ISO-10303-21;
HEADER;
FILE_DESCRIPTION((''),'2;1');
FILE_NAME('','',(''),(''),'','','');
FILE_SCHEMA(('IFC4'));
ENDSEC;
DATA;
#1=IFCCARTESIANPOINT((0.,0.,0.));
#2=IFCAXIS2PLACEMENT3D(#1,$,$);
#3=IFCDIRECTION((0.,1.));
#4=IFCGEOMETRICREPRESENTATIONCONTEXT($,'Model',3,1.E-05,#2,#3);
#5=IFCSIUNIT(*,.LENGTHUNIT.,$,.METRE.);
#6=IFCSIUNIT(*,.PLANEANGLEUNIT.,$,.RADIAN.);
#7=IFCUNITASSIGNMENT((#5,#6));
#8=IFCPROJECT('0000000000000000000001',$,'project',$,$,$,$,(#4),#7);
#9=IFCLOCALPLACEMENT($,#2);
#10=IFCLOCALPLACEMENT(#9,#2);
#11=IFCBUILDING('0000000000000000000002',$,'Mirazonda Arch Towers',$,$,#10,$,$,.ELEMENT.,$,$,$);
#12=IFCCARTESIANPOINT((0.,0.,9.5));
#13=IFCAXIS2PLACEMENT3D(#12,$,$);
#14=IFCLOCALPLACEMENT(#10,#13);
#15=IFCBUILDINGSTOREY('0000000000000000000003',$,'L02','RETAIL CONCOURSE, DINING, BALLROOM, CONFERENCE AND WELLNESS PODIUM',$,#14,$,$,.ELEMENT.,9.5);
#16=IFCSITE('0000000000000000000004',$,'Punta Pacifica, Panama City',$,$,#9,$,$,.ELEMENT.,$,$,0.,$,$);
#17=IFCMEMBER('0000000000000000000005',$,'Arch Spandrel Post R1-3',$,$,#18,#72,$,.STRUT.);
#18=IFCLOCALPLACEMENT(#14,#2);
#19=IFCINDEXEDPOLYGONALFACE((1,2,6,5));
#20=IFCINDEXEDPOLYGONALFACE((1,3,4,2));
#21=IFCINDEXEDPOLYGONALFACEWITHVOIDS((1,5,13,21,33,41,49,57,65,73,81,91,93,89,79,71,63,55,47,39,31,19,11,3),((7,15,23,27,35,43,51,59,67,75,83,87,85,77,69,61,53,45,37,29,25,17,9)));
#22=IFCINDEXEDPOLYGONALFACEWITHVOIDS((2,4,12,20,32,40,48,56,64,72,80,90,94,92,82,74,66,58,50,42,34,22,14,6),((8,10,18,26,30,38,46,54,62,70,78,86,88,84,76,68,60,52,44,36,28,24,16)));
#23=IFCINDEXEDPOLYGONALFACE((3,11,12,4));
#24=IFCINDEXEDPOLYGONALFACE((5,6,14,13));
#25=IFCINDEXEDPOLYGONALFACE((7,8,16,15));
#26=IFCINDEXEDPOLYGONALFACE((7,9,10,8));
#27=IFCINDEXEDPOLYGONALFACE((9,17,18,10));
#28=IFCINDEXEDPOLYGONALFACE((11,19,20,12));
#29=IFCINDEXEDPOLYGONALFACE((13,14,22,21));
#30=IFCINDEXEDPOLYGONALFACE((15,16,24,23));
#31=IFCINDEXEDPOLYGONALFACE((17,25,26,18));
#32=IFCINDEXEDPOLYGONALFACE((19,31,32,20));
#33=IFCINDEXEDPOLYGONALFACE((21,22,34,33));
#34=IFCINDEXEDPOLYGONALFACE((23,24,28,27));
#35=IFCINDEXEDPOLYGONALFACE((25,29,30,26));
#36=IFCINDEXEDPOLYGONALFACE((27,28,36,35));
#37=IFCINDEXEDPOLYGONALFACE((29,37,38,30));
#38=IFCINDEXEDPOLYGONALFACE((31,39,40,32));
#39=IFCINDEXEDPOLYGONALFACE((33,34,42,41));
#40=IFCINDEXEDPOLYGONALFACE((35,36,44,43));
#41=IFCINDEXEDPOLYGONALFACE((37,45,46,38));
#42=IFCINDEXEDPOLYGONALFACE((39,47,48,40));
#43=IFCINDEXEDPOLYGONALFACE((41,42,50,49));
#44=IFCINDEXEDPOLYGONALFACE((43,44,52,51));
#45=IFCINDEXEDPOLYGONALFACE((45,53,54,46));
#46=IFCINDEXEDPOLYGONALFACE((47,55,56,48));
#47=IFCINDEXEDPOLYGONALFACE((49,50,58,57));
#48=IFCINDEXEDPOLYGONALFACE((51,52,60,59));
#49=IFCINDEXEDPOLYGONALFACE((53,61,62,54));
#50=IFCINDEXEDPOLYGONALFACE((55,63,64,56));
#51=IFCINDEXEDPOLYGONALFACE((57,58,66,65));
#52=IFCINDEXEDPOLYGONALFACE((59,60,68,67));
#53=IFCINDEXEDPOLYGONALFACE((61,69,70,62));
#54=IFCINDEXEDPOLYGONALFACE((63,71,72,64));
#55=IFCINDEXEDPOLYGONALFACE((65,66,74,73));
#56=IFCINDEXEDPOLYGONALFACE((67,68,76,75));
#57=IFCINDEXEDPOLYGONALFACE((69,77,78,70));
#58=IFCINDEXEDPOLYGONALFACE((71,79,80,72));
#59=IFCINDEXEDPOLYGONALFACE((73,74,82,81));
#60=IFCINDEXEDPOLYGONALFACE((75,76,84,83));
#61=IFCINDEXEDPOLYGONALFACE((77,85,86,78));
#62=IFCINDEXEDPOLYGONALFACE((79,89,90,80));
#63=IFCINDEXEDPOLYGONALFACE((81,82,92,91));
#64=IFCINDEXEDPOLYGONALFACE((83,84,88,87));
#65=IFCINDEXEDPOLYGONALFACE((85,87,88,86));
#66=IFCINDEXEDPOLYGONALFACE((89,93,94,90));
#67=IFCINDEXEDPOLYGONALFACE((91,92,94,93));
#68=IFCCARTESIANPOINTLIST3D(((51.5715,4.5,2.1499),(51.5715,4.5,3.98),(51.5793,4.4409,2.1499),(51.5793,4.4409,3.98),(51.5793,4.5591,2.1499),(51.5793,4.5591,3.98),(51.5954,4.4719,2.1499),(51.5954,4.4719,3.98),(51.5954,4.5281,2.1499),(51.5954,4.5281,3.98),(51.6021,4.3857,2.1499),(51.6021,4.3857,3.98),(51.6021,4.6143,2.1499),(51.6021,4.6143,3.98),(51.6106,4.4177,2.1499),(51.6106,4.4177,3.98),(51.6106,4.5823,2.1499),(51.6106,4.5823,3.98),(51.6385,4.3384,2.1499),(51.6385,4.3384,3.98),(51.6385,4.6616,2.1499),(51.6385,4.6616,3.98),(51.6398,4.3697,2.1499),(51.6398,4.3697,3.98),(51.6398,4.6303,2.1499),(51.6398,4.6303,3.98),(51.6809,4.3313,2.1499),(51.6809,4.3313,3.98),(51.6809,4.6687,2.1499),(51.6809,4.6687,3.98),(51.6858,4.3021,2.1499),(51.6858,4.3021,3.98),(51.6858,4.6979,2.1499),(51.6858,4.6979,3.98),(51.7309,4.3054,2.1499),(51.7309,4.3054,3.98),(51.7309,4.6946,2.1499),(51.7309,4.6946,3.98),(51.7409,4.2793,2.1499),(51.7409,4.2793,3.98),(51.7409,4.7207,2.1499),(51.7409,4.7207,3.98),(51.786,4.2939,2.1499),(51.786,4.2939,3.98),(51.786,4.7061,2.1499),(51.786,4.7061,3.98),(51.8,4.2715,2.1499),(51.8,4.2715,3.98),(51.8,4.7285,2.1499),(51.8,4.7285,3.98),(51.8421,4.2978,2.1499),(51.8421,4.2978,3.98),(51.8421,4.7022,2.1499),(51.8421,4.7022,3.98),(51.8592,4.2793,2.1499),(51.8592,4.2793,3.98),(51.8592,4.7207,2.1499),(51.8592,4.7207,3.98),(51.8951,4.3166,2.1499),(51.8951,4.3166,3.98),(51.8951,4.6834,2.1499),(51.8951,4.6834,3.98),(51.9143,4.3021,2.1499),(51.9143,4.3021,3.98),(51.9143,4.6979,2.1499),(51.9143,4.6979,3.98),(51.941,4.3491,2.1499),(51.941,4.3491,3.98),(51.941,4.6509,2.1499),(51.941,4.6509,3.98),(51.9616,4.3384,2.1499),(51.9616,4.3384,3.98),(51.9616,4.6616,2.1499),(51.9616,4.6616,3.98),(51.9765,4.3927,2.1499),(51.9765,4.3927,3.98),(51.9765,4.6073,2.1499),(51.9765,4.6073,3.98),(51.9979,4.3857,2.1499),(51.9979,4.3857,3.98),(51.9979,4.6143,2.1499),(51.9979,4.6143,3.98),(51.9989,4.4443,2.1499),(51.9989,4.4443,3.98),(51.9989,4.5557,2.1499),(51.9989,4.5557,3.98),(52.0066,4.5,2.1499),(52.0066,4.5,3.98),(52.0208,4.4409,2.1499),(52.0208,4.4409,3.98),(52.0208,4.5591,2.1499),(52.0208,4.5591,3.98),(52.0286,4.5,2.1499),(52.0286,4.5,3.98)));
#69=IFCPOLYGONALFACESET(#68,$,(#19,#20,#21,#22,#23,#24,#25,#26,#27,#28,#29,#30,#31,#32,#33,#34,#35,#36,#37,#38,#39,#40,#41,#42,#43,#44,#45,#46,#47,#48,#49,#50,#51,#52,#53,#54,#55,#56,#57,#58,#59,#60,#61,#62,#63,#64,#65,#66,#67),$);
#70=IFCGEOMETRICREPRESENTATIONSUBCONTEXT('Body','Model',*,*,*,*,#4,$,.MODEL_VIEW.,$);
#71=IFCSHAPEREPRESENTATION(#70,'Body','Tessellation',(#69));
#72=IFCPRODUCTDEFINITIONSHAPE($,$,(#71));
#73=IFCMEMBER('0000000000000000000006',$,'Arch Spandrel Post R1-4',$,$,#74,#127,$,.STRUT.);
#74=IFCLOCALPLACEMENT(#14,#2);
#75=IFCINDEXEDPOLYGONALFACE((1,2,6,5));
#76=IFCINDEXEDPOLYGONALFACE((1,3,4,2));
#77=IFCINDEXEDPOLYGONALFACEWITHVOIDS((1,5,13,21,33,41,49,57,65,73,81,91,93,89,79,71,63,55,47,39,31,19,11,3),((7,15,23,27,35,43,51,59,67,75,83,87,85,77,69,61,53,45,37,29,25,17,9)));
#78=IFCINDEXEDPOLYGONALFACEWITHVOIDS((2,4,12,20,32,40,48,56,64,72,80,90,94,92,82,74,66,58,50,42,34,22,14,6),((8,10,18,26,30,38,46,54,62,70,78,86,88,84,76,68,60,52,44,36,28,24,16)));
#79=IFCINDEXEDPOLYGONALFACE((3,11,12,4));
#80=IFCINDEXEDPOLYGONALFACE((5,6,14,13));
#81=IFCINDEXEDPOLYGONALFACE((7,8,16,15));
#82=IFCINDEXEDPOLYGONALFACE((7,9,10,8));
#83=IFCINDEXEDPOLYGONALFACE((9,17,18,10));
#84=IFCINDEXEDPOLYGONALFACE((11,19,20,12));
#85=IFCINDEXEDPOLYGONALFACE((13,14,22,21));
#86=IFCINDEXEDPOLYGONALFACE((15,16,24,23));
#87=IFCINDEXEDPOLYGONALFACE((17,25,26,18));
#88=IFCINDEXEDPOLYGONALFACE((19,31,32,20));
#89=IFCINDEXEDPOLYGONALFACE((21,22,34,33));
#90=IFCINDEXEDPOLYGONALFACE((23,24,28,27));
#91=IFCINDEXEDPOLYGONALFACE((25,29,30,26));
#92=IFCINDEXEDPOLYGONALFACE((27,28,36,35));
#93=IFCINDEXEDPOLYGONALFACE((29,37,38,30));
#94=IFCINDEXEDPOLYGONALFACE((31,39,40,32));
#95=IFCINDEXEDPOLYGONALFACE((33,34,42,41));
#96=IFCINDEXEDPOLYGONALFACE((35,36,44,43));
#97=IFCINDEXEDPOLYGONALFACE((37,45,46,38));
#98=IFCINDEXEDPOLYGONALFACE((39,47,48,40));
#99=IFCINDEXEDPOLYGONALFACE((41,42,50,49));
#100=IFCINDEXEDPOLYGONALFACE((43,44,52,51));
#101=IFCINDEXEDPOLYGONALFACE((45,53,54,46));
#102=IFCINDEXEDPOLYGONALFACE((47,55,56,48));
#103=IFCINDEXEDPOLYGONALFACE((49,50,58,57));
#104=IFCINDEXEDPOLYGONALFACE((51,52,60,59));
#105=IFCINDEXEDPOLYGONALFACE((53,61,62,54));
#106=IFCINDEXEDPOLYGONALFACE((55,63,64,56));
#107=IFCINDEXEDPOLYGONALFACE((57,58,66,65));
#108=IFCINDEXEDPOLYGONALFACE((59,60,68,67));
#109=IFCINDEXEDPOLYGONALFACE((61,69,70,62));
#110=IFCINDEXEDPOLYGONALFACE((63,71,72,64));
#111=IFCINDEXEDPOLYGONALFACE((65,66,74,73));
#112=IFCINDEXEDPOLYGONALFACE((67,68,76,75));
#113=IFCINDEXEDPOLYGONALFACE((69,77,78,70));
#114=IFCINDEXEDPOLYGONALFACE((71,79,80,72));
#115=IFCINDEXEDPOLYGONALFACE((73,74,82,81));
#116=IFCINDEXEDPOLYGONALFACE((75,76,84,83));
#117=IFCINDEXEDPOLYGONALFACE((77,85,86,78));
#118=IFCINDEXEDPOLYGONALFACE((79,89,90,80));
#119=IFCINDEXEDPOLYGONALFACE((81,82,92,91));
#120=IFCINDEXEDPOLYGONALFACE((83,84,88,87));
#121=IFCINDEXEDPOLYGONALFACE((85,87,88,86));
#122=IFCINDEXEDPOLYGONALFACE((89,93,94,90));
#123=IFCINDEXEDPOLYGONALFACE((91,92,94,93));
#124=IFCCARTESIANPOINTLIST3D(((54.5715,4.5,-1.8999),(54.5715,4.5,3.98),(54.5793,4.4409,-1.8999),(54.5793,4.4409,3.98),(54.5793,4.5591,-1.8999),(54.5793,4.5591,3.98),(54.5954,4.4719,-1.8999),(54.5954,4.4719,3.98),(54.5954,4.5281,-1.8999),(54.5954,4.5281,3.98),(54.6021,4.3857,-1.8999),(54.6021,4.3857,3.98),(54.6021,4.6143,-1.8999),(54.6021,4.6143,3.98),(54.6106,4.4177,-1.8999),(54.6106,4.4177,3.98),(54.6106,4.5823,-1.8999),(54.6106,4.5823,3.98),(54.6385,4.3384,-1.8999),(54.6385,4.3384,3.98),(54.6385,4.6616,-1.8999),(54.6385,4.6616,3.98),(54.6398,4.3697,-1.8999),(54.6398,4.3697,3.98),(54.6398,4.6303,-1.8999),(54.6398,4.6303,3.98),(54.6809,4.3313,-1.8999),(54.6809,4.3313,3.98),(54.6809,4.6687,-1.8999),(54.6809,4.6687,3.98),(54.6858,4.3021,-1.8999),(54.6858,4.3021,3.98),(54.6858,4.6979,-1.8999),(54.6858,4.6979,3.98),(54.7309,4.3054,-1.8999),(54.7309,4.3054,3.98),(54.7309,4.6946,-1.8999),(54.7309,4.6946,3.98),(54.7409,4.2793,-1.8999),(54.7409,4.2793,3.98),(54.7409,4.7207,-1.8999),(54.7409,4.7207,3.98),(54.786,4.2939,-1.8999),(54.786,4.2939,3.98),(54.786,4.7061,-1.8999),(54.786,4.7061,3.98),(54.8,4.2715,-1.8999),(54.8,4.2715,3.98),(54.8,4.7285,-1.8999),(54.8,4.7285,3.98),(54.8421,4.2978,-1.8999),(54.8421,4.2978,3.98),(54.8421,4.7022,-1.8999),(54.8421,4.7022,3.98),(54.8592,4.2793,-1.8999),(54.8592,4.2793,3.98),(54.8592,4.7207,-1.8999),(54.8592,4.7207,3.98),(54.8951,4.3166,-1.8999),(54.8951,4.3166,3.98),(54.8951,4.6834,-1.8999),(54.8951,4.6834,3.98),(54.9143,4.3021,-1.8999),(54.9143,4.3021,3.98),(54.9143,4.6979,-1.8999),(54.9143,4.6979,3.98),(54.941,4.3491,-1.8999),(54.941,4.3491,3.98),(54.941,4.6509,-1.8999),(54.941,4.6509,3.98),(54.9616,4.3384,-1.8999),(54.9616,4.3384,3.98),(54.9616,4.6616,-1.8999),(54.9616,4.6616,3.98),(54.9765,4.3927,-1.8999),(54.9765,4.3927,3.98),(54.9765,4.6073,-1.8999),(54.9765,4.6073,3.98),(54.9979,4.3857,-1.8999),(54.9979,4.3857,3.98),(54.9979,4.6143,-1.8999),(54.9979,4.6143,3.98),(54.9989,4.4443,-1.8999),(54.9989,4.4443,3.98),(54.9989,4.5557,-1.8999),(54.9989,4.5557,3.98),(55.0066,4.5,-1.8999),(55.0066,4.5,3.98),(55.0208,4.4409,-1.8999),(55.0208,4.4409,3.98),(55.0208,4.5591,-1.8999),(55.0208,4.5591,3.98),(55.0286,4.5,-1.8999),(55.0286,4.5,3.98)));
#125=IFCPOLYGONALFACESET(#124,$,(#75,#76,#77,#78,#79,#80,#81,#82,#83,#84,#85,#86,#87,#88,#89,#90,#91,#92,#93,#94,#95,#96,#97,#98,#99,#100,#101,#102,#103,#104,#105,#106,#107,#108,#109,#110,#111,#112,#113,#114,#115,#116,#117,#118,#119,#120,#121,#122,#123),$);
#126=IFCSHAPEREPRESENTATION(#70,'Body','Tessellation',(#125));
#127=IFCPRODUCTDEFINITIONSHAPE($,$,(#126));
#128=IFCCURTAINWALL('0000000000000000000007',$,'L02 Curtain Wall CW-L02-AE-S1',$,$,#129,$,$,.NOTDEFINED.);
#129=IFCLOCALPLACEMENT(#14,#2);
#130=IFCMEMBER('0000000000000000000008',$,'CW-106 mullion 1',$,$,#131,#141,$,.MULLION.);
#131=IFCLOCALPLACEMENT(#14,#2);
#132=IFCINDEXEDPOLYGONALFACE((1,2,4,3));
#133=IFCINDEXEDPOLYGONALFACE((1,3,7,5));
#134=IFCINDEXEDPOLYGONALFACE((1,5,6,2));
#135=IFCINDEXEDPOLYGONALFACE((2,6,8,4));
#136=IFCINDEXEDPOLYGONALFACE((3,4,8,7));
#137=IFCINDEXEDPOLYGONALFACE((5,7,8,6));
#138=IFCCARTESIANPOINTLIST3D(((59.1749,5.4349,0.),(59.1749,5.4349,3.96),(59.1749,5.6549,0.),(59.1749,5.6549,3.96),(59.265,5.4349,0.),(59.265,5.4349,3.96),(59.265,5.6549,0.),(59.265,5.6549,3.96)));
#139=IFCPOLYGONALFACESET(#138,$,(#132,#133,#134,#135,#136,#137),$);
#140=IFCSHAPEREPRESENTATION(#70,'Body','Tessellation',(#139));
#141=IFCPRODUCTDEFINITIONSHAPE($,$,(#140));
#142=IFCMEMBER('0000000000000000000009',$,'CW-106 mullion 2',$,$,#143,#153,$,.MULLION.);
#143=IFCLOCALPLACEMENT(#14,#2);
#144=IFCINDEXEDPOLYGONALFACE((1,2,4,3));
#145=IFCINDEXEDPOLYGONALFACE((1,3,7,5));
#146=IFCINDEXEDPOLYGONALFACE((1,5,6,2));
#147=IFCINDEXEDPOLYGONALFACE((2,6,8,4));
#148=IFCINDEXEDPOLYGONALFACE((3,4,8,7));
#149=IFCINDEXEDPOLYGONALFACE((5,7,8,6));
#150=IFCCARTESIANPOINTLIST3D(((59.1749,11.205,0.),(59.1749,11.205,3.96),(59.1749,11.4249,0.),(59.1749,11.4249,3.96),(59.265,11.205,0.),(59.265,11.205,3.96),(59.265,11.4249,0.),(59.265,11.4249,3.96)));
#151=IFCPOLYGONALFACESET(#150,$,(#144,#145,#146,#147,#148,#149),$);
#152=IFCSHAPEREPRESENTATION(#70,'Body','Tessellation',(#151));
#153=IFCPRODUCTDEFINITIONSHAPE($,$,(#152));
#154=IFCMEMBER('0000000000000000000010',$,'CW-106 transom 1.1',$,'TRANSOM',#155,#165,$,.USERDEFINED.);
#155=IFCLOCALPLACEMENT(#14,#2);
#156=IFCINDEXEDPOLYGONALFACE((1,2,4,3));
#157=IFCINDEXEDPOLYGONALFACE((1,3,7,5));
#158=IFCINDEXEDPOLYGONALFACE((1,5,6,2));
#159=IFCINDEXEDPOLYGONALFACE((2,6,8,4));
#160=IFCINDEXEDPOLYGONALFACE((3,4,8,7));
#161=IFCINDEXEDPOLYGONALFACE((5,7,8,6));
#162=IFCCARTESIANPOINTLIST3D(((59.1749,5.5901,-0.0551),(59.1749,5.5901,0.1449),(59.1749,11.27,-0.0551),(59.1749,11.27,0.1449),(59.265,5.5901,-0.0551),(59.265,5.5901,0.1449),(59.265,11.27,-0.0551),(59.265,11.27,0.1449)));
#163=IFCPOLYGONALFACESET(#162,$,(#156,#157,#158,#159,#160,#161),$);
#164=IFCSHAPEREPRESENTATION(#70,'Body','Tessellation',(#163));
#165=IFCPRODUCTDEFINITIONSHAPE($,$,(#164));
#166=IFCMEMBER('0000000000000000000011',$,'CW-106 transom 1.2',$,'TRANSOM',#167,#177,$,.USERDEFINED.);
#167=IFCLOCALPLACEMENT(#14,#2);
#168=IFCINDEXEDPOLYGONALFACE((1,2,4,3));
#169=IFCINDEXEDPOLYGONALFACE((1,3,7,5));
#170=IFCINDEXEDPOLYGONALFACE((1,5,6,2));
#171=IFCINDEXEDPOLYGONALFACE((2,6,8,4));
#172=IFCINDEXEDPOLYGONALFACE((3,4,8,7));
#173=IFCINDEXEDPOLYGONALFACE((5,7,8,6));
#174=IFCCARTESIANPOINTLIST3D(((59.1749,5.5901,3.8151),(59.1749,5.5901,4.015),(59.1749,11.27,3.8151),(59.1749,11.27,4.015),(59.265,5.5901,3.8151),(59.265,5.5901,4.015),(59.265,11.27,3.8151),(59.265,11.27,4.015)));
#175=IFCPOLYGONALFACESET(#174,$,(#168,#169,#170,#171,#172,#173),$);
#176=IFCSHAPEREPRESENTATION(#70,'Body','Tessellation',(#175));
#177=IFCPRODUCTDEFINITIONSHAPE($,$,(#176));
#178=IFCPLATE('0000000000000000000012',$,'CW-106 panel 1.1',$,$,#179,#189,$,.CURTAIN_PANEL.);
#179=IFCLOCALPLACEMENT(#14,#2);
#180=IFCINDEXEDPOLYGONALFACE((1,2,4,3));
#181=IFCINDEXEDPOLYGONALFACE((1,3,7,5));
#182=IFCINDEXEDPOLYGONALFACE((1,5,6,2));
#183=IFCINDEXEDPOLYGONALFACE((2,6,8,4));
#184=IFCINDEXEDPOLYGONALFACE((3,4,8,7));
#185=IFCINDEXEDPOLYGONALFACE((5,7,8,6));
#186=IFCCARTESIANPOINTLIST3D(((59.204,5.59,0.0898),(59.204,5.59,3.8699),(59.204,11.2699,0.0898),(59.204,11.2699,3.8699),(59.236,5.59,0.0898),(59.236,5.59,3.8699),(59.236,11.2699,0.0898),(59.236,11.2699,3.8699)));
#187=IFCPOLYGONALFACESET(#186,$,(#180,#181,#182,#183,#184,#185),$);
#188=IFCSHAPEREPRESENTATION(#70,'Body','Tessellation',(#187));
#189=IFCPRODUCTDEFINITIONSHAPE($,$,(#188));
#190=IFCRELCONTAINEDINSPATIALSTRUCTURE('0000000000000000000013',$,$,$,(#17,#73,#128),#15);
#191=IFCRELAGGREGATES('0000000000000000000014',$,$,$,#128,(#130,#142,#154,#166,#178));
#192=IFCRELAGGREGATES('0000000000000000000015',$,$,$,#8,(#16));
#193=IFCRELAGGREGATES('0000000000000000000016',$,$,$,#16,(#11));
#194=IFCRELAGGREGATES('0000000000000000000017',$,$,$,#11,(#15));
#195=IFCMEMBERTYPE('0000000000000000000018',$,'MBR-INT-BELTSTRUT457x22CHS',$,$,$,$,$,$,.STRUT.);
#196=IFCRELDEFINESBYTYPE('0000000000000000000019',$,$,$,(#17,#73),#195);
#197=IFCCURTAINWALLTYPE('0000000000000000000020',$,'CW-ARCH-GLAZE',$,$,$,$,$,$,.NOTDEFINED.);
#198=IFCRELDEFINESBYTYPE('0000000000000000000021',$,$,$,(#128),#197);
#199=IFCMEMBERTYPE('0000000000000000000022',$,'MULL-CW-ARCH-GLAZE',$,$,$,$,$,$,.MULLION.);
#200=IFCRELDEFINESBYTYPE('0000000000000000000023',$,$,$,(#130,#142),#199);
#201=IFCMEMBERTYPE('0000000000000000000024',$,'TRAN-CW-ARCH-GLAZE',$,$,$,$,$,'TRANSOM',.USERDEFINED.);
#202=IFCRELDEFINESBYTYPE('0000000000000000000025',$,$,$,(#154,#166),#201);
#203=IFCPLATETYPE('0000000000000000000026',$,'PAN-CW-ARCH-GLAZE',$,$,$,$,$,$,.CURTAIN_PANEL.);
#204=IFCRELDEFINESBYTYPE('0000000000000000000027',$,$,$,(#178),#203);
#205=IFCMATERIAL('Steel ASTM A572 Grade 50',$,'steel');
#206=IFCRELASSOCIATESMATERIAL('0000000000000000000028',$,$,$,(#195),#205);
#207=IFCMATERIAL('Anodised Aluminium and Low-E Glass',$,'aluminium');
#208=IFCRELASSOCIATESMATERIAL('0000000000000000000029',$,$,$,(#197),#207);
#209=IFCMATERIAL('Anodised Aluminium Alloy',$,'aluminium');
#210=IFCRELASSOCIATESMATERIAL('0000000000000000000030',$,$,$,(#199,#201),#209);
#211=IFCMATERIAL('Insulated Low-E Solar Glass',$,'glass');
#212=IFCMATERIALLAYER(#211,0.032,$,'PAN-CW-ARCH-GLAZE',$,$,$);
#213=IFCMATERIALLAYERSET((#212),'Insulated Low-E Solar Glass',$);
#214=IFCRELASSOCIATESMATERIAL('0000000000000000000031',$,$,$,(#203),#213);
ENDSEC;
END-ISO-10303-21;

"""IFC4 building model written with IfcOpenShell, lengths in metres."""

from ifc_helpers import new_model, si_unit, direction, frame, origin, origin_2d, place, context, subcontext, project, spatial, rectangle, hollow_circle, extrude, material, layer, layer_set, material_profile, profile_set, type_object, element, aggregate, save


model = new_model("IFC4")

# Units and contexts
model_context = context("Model", 3, precision=1e-05, world=origin(), true_north=direction((0.0, 1.0)))
body_context = subcontext(model_context, "Body", "Model", "MODEL_VIEW")
ifc_project = project(units=[si_unit("LENGTHUNIT", "METRE"), si_unit("PLANEANGLEUNIT", "RADIAN")], contexts=[model_context])

# Site, building, storey
site_placement = place(None, origin())
site = spatial("IfcSite", under=ifc_project, at=site_placement, Name="Punta Pacifica, Panama City", CompositionType="ELEMENT", RefElevation=0.0)
building_placement = place(site_placement, origin())
building = spatial("IfcBuilding", under=site, at=building_placement, Name="Mirazonda Arch Towers", CompositionType="ELEMENT")
storey_placement = place(building_placement, frame((0.0, 0.0, 9.5)))
storey = spatial("IfcBuildingStorey", under=building, at=storey_placement, Name="L02", Description="RETAIL CONCOURSE, DINING, BALLROOM, CONFERENCE AND WELLNESS PODIUM", CompositionType="ELEMENT", Elevation=9.5)

# Members
ifc_material_1 = material(Name="Steel ASTM A572 Grade 50", Category="steel")
ifc_material_profile_1 = material_profile(ifc_material_1, hollow_circle(Radius=0.2285, WallThickness=0.022, at=origin_2d()), Name="BELTSTRUT457x22CHS")
ifc_profile_set_1 = profile_set([ifc_material_profile_1], Name="Steel ASTM A572 Grade 50")
member_type_1 = type_object("IfcMemberType", Name="MBR-INT-BELTSTRUT457x22CHS", PredefinedType="STRUT", material=ifc_profile_set_1)
member_1_placement = place(storey_placement, frame((51.8, 4.5, 2.1499), z_axis=(0.0, 0.0, 1.0), x_axis=(1.0, 0.0, 0.0)))
element("IfcMember", 1, at=member_1_placement, inside=storey, type_object=member_type_1, Name="Arch Spandrel Post R1-3", PredefinedType="STRUT", context=body_context, shape_type="SweptSolid", body=[
    extrude(hollow_circle(Radius=0.2285, WallThickness=0.022, at=origin_2d()), origin(), (0.0, 0.0, 1.0), 1.8301),
])
member_2_placement = place(storey_placement, frame((54.8, 4.5, -1.8999), z_axis=(0.0, 0.0, 1.0), x_axis=(1.0, 0.0, 0.0)))
element("IfcMember", 2, at=member_2_placement, inside=storey, type_object=member_type_1, Name="Arch Spandrel Post R1-4", PredefinedType="STRUT", context=body_context, shape_type="SweptSolid", body=[
    extrude(hollow_circle(Radius=0.2285, WallThickness=0.022, at=origin_2d()), origin(), (0.0, 0.0, 1.0), 5.8799),
])

# Curtain wall, members, plate
ifc_material_2 = material(Name="Anodised Aluminium and Low-E Glass", Category="aluminium")
curtain_wall_type = type_object("IfcCurtainWallType", Name="CW-ARCH-GLAZE", PredefinedType="NOTDEFINED", material=ifc_material_2)
curtain_wall_placement = place(storey_placement, origin())
curtain_wall = element("IfcCurtainWall", 3, at=curtain_wall_placement, inside=storey, type_object=curtain_wall_type, Name="L02 Curtain Wall CW-L02-AE-S1", PredefinedType="NOTDEFINED")
ifc_material_3 = material(Name="Anodised Aluminium Alloy", Category="aluminium")
ifc_material_profile_2 = material_profile(ifc_material_3, rectangle(XDim=0.0901, YDim=0.22, at=origin_2d()), Name="ALU-MULL-90x220")
ifc_profile_set_2 = profile_set([ifc_material_profile_2], Name="Anodised Aluminium Alloy")
member_type_2 = type_object("IfcMemberType", Name="MULL-CW-ARCH-GLAZE", PredefinedType="MULLION", material=ifc_profile_set_2)
member_3_placement = place(storey_placement, frame((59.22, 5.5449, 0.0), z_axis=(0.0, 0.0, 1.0), x_axis=(-1.0, 0.0, 0.0)))
member_3 = element("IfcMember", 4, at=member_3_placement, type_object=member_type_2, Name="CW-106 mullion 1", PredefinedType="MULLION", context=body_context, shape_type="SweptSolid", body=[
    extrude(rectangle(XDim=0.0901, YDim=0.22, at=origin_2d()), origin(), (0.0, 0.0, 1.0), 3.96),
])
member_4_placement = place(storey_placement, frame((59.22, 11.3149, 0.0), z_axis=(0.0, 0.0, 1.0), x_axis=(-1.0, 0.0, 0.0)))
member_4 = element("IfcMember", 5, at=member_4_placement, type_object=member_type_2, Name="CW-106 mullion 2", PredefinedType="MULLION", context=body_context, shape_type="SweptSolid", body=[
    extrude(rectangle(XDim=0.0901, YDim=0.22, at=origin_2d()), origin(), (0.0, 0.0, 1.0), 3.96),
])
ifc_material_profile_3 = material_profile(ifc_material_3, rectangle(XDim=0.0901, YDim=0.2, at=origin_2d()), Name="ALU-TRAN-90x200")
ifc_profile_set_3 = profile_set([ifc_material_profile_3], Name="Anodised Aluminium Alloy")
member_type_3 = type_object("IfcMemberType", Name="TRAN-CW-ARCH-GLAZE", ElementType="TRANSOM", PredefinedType="USERDEFINED", material=ifc_profile_set_3)
member_5_placement = place(storey_placement, frame((59.22, 5.5901, 0.0449), z_axis=(0.0, 1.0, 0.0), x_axis=(-1.0, 0.0, 0.0)))
member_5 = element("IfcMember", 6, at=member_5_placement, type_object=member_type_3, Name="CW-106 transom 1.1", ObjectType="TRANSOM", PredefinedType="USERDEFINED", context=body_context, shape_type="SweptSolid", body=[
    extrude(rectangle(XDim=0.0901, YDim=0.2, at=origin_2d()), origin(), (0.0, 0.0, 1.0), 5.6799),
])
member_6_placement = place(storey_placement, frame((59.22, 5.5901, 3.915), z_axis=(0.0, 1.0, 0.0), x_axis=(-1.0, 0.0, 0.0)))
member_6 = element("IfcMember", 7, at=member_6_placement, type_object=member_type_3, Name="CW-106 transom 1.2", ObjectType="TRANSOM", PredefinedType="USERDEFINED", context=body_context, shape_type="SweptSolid", body=[
    extrude(rectangle(XDim=0.0901, YDim=0.2, at=origin_2d()), origin(), (0.0, 0.0, 1.0), 5.6799),
])
ifc_material_4 = material(Name="Insulated Low-E Solar Glass", Category="glass")
ifc_layer_1 = layer(ifc_material_4, 0.032, Name="PAN-CW-ARCH-GLAZE")
ifc_layer_set_1 = layer_set([ifc_layer_1], Name="Insulated Low-E Solar Glass")
plate_type_1 = type_object("IfcPlateType", Name="PAN-CW-ARCH-GLAZE", PredefinedType="CURTAIN_PANEL", material=ifc_layer_set_1)
plate_placement = place(storey_placement, frame((59.22, 8.4299, 0.0898), z_axis=(0.0, 0.0, 1.0), x_axis=(0.0, 1.0, 0.0)))
plate = element("IfcPlate", 8, at=plate_placement, type_object=plate_type_1, Name="CW-106 panel 1.1", PredefinedType="CURTAIN_PANEL", context=body_context, shape_type="SweptSolid", body=[
    extrude(rectangle(XDim=5.6799, YDim=0.032, at=origin_2d()), origin(), (0.0, 0.0, 1.0), 3.78),
])
aggregate(curtain_wall, [member_3, member_4, member_5, member_6, plate])

save(model, "model.ifc")
